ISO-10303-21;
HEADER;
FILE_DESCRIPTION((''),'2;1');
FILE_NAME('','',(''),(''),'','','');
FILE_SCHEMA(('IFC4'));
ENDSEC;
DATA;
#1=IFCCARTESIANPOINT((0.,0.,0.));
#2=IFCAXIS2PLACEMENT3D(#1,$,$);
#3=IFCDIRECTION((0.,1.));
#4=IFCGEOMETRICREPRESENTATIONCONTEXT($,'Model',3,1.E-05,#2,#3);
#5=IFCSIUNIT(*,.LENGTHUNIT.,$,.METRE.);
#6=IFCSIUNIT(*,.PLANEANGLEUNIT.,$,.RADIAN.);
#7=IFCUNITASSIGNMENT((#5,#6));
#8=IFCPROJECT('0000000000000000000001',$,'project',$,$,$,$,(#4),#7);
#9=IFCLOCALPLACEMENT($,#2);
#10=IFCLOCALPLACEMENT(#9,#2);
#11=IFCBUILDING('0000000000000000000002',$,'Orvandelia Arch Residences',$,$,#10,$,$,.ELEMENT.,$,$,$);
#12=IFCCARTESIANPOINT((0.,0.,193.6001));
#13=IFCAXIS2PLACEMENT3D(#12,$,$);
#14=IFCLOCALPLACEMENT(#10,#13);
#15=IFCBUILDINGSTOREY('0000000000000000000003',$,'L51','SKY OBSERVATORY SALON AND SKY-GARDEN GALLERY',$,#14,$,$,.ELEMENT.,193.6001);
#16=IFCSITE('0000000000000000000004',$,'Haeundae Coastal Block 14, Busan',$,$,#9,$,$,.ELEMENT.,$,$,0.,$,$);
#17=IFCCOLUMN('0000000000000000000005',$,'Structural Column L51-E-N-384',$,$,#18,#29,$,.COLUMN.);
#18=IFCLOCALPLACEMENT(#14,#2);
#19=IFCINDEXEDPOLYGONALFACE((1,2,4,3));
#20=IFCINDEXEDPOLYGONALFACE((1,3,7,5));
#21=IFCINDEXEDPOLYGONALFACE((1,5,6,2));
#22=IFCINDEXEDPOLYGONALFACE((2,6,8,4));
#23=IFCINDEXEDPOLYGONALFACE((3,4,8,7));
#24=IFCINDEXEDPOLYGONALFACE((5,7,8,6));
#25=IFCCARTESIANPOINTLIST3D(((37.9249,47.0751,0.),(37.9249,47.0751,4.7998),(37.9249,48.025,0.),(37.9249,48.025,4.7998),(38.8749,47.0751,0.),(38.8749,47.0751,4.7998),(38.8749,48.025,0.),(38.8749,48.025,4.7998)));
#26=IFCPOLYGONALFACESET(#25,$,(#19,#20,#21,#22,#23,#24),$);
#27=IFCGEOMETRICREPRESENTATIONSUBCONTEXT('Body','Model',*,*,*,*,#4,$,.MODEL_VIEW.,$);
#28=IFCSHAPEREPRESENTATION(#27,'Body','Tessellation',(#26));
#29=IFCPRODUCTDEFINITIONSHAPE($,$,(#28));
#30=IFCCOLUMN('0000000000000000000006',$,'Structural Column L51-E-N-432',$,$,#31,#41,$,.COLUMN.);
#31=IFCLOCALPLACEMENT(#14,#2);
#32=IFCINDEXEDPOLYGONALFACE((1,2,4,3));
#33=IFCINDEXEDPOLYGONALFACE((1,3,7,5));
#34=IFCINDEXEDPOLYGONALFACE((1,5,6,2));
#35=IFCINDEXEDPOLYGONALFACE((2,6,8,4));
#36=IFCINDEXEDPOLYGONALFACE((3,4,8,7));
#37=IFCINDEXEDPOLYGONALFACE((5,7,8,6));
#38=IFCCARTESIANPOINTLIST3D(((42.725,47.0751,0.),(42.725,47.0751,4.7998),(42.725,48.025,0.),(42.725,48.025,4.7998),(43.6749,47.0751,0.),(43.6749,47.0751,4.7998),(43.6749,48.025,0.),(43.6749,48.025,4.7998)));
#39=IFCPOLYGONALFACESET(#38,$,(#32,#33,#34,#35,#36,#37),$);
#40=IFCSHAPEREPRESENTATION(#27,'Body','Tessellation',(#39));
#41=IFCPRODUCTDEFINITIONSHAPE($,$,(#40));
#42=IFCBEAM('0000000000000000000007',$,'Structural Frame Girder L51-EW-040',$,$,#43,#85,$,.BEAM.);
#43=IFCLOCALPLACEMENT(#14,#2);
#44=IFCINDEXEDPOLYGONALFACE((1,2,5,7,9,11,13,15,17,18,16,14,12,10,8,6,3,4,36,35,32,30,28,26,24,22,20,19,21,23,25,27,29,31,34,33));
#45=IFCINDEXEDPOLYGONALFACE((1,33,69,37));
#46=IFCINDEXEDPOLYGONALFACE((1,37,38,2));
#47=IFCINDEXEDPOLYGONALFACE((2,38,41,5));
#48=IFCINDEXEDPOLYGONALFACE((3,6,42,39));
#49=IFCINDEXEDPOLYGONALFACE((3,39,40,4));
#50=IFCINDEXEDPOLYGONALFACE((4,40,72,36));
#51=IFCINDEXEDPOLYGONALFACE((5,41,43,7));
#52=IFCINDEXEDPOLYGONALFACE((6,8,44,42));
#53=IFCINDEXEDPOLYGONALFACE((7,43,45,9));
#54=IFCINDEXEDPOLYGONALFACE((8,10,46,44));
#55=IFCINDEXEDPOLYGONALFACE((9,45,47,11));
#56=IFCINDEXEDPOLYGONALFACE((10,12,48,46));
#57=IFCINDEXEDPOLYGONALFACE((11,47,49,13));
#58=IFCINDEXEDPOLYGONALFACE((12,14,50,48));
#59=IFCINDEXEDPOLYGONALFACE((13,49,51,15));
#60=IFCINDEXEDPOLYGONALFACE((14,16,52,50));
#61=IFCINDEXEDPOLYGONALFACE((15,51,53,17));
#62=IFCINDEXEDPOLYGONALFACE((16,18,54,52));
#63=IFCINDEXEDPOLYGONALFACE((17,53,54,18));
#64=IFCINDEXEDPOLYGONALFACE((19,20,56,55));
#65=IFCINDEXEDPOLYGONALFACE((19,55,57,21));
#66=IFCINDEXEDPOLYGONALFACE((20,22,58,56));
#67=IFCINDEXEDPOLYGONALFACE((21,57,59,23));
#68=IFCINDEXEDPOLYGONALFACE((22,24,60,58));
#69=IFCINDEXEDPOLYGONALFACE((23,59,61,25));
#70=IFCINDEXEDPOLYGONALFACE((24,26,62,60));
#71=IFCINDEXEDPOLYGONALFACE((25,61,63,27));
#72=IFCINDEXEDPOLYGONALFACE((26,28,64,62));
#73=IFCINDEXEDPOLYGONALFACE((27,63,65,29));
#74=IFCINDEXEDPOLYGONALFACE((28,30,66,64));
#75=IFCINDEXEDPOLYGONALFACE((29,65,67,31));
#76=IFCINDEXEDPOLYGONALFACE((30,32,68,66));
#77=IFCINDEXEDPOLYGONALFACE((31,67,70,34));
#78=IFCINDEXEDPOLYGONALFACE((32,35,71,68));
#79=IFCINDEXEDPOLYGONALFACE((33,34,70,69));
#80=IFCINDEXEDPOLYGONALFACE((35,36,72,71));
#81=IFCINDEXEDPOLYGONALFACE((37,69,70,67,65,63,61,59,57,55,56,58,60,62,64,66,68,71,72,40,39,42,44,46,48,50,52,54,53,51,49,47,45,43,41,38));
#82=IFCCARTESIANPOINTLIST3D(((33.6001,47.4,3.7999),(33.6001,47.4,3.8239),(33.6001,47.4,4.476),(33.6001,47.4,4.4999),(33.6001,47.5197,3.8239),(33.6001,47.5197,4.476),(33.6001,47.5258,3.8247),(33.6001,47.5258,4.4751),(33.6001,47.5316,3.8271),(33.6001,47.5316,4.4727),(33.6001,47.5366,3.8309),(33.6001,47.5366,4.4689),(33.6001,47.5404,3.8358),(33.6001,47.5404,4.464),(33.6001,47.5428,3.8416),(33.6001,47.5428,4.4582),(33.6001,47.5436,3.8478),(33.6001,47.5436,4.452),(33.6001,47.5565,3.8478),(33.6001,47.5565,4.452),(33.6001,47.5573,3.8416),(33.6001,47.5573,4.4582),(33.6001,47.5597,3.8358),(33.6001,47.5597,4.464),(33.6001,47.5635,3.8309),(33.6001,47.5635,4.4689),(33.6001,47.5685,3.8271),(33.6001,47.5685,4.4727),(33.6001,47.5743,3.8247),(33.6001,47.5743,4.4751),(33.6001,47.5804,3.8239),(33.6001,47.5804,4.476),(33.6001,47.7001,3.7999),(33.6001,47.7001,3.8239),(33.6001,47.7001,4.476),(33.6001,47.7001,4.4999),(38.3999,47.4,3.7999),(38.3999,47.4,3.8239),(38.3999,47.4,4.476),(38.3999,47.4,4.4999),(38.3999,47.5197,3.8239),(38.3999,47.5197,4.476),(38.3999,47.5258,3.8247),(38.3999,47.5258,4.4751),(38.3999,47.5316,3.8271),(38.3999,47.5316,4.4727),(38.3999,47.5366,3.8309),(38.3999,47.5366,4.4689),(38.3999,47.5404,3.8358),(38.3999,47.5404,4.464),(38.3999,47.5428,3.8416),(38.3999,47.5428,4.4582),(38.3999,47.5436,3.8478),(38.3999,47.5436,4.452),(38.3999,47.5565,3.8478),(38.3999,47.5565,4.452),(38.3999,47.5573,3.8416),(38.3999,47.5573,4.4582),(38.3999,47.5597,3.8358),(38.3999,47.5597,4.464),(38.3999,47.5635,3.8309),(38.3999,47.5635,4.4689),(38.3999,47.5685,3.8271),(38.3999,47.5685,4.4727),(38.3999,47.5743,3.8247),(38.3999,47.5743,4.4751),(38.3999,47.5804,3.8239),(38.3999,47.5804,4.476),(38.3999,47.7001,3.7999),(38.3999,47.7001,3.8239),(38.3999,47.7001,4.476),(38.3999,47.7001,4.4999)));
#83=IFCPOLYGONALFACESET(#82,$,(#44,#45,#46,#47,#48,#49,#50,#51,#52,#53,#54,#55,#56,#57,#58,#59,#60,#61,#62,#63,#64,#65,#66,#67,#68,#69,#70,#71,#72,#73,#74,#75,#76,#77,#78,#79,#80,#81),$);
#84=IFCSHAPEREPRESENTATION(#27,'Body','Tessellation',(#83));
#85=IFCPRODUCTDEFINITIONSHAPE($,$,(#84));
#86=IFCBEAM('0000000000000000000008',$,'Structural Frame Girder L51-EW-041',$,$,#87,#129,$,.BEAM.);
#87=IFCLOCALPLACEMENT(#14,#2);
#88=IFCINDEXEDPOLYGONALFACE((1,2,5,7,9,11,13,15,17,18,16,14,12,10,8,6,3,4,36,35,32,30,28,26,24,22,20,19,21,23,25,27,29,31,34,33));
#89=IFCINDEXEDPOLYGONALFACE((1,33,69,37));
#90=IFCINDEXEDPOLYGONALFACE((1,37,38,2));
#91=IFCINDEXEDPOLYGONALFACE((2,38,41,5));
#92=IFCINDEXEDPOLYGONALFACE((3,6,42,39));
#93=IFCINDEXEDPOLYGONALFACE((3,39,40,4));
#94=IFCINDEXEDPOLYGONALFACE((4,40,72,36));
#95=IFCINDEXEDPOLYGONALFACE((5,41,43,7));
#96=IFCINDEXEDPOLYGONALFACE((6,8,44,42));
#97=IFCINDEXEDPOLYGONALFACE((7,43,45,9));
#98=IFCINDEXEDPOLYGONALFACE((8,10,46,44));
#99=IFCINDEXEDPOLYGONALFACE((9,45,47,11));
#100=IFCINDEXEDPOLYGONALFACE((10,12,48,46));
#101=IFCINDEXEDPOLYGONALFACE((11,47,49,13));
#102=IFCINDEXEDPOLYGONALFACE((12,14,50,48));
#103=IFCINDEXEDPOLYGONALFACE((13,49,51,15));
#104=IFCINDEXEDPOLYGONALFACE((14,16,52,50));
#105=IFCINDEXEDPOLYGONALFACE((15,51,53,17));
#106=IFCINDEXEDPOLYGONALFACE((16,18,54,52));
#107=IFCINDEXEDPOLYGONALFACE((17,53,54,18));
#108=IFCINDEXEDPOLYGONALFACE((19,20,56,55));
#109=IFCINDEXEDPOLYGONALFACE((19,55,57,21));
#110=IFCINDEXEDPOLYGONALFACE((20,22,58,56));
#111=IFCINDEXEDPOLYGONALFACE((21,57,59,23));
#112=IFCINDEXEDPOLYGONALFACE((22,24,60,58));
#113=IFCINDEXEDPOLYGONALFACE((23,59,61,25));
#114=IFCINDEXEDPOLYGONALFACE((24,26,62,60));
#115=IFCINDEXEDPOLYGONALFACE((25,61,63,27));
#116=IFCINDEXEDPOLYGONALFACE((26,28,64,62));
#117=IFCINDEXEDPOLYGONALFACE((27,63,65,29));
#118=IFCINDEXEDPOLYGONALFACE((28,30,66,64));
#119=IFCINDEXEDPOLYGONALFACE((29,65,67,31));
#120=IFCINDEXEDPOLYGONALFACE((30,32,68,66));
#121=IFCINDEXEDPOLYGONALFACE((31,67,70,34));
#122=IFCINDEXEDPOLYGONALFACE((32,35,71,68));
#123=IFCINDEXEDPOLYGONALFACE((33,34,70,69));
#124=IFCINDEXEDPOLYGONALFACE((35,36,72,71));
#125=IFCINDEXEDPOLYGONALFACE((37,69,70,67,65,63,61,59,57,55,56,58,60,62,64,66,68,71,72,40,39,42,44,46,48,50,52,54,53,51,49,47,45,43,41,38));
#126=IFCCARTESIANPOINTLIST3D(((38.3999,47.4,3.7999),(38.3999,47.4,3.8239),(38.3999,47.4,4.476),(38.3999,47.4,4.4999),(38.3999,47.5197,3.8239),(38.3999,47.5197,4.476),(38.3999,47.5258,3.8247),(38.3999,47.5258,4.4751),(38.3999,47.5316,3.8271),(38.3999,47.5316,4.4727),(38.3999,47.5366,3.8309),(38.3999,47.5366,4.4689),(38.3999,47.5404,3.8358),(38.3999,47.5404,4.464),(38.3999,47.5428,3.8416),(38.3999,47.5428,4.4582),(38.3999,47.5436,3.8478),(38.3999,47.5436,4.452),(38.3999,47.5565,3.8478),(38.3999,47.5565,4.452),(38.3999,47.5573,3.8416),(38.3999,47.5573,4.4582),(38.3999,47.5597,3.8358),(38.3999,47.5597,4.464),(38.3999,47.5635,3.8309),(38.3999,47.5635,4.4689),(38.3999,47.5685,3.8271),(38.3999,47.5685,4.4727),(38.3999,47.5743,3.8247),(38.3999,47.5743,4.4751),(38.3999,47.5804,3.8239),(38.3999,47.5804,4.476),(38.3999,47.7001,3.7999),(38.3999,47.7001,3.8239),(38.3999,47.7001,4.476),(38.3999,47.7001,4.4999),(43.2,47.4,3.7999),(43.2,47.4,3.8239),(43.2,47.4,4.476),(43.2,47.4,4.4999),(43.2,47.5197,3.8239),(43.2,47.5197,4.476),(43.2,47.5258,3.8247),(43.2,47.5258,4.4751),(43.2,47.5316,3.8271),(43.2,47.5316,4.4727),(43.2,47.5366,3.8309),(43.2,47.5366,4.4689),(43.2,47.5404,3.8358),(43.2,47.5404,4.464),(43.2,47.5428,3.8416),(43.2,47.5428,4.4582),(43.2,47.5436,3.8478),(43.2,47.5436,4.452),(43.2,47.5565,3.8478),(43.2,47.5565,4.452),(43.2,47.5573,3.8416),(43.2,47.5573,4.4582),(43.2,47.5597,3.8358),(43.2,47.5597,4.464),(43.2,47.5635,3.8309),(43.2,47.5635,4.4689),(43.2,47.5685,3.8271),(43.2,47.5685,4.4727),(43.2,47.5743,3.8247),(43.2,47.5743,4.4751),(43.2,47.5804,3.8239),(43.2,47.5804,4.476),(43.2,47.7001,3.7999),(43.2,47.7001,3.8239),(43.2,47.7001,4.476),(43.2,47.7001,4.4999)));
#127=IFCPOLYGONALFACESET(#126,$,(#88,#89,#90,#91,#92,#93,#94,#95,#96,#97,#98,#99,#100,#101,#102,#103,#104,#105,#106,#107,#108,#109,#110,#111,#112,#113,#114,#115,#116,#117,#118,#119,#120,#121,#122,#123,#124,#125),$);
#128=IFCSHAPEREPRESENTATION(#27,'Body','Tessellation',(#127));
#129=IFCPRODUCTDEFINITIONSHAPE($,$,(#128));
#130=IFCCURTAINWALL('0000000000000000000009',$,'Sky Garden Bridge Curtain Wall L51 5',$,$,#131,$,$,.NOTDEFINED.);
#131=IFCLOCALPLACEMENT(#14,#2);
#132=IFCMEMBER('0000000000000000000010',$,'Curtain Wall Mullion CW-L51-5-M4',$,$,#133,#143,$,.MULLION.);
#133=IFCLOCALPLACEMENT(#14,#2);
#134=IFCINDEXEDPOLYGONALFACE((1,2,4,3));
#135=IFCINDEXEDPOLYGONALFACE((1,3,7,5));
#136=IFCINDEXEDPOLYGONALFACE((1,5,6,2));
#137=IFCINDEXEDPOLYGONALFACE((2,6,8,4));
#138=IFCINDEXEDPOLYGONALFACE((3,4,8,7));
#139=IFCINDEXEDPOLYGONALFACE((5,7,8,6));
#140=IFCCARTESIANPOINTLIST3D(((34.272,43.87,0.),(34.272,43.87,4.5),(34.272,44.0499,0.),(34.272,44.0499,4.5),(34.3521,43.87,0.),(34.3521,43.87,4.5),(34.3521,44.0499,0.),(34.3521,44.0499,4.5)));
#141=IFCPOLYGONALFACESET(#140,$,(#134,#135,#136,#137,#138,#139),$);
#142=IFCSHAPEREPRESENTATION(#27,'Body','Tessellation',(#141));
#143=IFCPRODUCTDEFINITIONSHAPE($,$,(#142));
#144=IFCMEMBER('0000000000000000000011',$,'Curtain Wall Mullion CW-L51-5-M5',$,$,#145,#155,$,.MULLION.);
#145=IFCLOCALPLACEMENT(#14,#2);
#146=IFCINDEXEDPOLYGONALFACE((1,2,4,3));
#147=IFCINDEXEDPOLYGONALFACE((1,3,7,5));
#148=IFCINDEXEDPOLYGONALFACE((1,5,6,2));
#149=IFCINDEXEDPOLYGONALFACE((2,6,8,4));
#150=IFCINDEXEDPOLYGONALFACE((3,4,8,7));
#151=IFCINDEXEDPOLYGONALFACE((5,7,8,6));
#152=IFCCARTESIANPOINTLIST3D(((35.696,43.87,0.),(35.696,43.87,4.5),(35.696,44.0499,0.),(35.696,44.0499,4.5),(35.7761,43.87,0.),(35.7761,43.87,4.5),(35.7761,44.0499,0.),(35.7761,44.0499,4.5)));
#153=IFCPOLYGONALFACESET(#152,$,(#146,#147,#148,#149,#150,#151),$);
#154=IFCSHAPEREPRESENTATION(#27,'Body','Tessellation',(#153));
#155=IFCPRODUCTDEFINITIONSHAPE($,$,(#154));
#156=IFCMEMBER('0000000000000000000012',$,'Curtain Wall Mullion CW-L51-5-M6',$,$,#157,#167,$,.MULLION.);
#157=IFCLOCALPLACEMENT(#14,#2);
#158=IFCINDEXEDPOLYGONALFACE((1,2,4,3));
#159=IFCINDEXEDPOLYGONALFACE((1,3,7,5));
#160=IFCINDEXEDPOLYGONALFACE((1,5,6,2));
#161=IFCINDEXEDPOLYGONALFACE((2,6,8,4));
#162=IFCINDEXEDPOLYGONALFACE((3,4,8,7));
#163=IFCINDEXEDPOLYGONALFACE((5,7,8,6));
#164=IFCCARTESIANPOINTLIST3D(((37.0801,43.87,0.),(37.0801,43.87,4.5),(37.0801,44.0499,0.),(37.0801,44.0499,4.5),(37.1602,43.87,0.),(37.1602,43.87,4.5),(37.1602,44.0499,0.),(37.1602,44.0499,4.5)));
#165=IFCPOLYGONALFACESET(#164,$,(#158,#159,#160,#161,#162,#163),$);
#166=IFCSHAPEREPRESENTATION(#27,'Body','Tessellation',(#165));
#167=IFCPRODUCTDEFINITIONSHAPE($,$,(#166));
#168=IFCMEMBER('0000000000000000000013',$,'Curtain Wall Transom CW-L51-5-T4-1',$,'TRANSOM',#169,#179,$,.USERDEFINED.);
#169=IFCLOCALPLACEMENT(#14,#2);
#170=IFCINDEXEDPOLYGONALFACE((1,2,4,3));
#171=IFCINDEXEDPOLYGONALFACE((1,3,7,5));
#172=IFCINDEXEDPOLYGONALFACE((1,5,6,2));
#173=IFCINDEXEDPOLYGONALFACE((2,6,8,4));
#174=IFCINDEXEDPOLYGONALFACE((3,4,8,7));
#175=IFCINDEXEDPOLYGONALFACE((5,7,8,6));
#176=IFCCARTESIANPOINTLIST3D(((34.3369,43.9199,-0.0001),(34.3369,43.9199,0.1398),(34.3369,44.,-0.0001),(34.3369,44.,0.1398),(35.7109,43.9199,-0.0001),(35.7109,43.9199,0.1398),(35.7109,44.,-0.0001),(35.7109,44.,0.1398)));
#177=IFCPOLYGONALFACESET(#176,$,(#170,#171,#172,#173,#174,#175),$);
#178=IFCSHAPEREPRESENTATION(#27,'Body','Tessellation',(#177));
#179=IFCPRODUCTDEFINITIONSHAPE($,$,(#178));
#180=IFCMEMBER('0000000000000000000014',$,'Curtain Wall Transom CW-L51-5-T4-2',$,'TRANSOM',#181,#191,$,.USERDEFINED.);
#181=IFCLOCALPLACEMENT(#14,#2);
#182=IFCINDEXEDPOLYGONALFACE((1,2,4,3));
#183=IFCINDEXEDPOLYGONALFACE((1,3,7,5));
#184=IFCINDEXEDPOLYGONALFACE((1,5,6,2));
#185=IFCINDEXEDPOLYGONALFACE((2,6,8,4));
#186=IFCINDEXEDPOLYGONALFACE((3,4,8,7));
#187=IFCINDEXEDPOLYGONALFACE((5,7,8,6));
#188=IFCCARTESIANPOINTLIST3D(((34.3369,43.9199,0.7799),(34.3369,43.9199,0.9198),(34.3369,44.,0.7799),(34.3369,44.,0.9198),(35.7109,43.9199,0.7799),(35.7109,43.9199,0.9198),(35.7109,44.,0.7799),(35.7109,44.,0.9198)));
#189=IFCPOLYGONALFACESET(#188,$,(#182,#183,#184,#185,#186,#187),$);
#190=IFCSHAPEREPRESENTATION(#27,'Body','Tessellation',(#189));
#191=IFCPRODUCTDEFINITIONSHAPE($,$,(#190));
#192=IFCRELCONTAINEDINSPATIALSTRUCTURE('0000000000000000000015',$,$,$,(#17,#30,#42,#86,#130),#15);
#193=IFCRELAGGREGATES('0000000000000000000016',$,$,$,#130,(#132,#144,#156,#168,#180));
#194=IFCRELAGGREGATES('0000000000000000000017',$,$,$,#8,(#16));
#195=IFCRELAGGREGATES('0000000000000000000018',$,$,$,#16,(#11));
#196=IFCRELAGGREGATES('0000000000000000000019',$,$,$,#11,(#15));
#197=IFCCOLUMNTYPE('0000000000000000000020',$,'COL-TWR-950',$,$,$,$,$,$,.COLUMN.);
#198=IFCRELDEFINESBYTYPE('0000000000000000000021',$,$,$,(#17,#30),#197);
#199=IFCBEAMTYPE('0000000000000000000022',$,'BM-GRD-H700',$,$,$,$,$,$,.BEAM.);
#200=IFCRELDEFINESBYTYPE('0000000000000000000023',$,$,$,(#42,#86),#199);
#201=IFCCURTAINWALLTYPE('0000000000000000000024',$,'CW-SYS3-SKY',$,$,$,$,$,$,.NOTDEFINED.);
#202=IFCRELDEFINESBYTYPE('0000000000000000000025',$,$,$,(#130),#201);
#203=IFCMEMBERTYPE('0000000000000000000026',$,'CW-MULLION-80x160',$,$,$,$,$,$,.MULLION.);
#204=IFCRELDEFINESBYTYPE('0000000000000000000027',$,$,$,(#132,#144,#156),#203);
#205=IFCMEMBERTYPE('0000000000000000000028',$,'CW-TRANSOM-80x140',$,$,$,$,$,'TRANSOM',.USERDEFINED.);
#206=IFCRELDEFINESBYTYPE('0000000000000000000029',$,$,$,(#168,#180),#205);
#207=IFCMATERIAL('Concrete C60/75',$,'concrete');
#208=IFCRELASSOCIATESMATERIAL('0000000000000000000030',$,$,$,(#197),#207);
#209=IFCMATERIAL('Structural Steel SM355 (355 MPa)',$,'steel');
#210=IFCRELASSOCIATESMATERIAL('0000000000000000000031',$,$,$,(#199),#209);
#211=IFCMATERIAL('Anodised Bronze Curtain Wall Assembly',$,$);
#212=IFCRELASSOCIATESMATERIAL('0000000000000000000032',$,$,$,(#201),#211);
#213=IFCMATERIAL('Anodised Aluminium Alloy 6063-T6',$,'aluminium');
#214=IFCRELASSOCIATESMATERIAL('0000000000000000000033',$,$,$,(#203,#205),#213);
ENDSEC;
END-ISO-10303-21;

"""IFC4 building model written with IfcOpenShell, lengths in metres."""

from ifc_helpers import new_model, si_unit, direction, frame, origin, origin_2d, place, context, subcontext, project, spatial, rectangle, i_section, extrude, material, material_profile, profile_set, type_object, element, aggregate, save


model = new_model("IFC4")

# Units and contexts
model_context = context("Model", 3, precision=1e-05, world=origin(), true_north=direction((0.0, 1.0)))
body_context = subcontext(model_context, "Body", "Model", "MODEL_VIEW")
ifc_project = project(units=[si_unit("LENGTHUNIT", "METRE"), si_unit("PLANEANGLEUNIT", "RADIAN")], contexts=[model_context])

# Site, building, storey
site_placement = place(None, origin())
site = spatial("IfcSite", under=ifc_project, at=site_placement, Name="Haeundae Coastal Block 14, Busan", CompositionType="ELEMENT", RefElevation=0.0)
building_placement = place(site_placement, origin())
building = spatial("IfcBuilding", under=site, at=building_placement, Name="Orvandelia Arch Residences", CompositionType="ELEMENT")
storey_placement = place(building_placement, frame((0.0, 0.0, 193.6001)))
storey = spatial("IfcBuildingStorey", under=building, at=storey_placement, Name="L51", Description="SKY OBSERVATORY SALON AND SKY-GARDEN GALLERY", CompositionType="ELEMENT", Elevation=193.6001)

# Columns
ifc_material_1 = material(Name="Concrete C60/75", Category="concrete")
ifc_material_profile_1 = material_profile(ifc_material_1, rectangle(XDim=0.95, YDim=0.95, at=origin_2d()), Name="Concrete C60/75", Category="concrete")
ifc_profile_set_1 = profile_set([ifc_material_profile_1], Name="Concrete C60/75")
column_type = type_object("IfcColumnType", Name="COL-TWR-950", PredefinedType="COLUMN", material=ifc_profile_set_1)
for number, where, z_axis, x_axis, name in (
    (1, (38.3999, 47.55, 0.0), (0.0, 0.0, 1.0), (1.0, 0.0, 0.0), "Structural Column L51-E-N-384"),
    (2, (43.2, 47.55, 0.0), (0.0, 0.0, 1.0), (1.0, 0.0, 0.0), "Structural Column L51-E-N-432"),
):
    element("IfcColumn", number, at=place(storey_placement, frame(where, z_axis=z_axis, x_axis=x_axis)), inside=storey, type_object=column_type, Name=name, PredefinedType="COLUMN", context=body_context, shape_type="SweptSolid", body=[
        extrude(rectangle(XDim=0.95, YDim=0.95, at=origin_2d()), origin(), (0.0, 0.0, 1.0), 4.7998),
    ])

# Beams
ifc_material_2 = material(Name="Structural Steel SM355 (355 MPa)", Category="steel")
ifc_material_profile_2 = material_profile(ifc_material_2, i_section(OverallWidth=0.3, OverallDepth=0.7, WebThickness=0.0129, FlangeThickness=0.0239, FilletRadius=0.0239, at=origin_2d()), Name="Structural Steel SM355 (355 MPa)", Category="steel")
ifc_profile_set_2 = profile_set([ifc_material_profile_2], Name="Structural Steel SM355 (355 MPa)")
beam_type = type_object("IfcBeamType", Name="BM-GRD-H700", PredefinedType="BEAM", material=ifc_profile_set_2)
beam_1_placement = place(storey_placement, frame((33.6001, 47.55, 4.1499), z_axis=(1.0, 0.0, 0.0), x_axis=(0.0, 1.0, 0.0)))
element("IfcBeam", 3, at=beam_1_placement, inside=storey, type_object=beam_type, Name="Structural Frame Girder L51-EW-040", PredefinedType="BEAM", context=body_context, shape_type="SweptSolid", body=[
    extrude(i_section(OverallWidth=0.3, OverallDepth=0.7, WebThickness=0.0129, FlangeThickness=0.0239, FilletRadius=0.0239, at=origin_2d()), origin(), (0.0, 0.0, 1.0), 4.7998),
])
beam_2_placement = place(storey_placement, frame((38.3999, 47.55, 4.1499), z_axis=(1.0, 0.0, 0.0), x_axis=(0.0, 1.0, 0.0)))
element("IfcBeam", 4, at=beam_2_placement, inside=storey, type_object=beam_type, Name="Structural Frame Girder L51-EW-041", PredefinedType="BEAM", context=body_context, shape_type="SweptSolid", body=[
    extrude(i_section(OverallWidth=0.3, OverallDepth=0.7, WebThickness=0.0129, FlangeThickness=0.0239, FilletRadius=0.0239, at=origin_2d()), origin(), (0.0, 0.0, 1.0), 4.8),
])

# Curtain wall, members
ifc_material_3 = material(Name="Anodised Bronze Curtain Wall Assembly")
curtain_wall_type = type_object("IfcCurtainWallType", Name="CW-SYS3-SKY", PredefinedType="NOTDEFINED", material=ifc_material_3)
curtain_wall_placement = place(storey_placement, origin())
curtain_wall = element("IfcCurtainWall", 5, at=curtain_wall_placement, inside=storey, type_object=curtain_wall_type, Name="Sky Garden Bridge Curtain Wall L51 5", PredefinedType="NOTDEFINED")
ifc_material_4 = material(Name="Anodised Aluminium Alloy 6063-T6", Category="aluminium")
ifc_material_profile_3 = material_profile(ifc_material_4, rectangle(XDim=0.0801, YDim=0.1799, at=origin_2d()), Name="Anodised Aluminium Alloy 6063-T6", Category="aluminium")
ifc_profile_set_3 = profile_set([ifc_material_profile_3], Name="Anodised Aluminium Alloy 6063-T6")
member_type_1 = type_object("IfcMemberType", Name="CW-MULLION-80x160", PredefinedType="MULLION", material=ifc_profile_set_3)
member_1_placement = place(storey_placement, frame((34.312, 43.96, 0.0), z_axis=(0.0, 0.0, 1.0), x_axis=(1.0, 0.0, 0.0)))
member_1 = element("IfcMember", 6, at=member_1_placement, type_object=member_type_1, Name="Curtain Wall Mullion CW-L51-5-M4", PredefinedType="MULLION", context=body_context, shape_type="SweptSolid", body=[
    extrude(rectangle(XDim=0.0801, YDim=0.1799, at=origin_2d()), origin(), (0.0, 0.0, 1.0), 4.5),
])
member_2_placement = place(storey_placement, frame((35.7361, 43.96, 0.0), z_axis=(0.0, 0.0, 1.0), x_axis=(1.0, 0.0, 0.0)))
member_2 = element("IfcMember", 7, at=member_2_placement, type_object=member_type_1, Name="Curtain Wall Mullion CW-L51-5-M5", PredefinedType="MULLION", context=body_context, shape_type="SweptSolid", body=[
    extrude(rectangle(XDim=0.0801, YDim=0.1799, at=origin_2d()), origin(), (0.0, 0.0, 1.0), 4.5),
])
member_3_placement = place(storey_placement, frame((37.1201, 43.96, 0.0), z_axis=(0.0, 0.0, 1.0), x_axis=(1.0, 0.0, 0.0)))
member_3 = element("IfcMember", 8, at=member_3_placement, type_object=member_type_1, Name="Curtain Wall Mullion CW-L51-5-M6", PredefinedType="MULLION", context=body_context, shape_type="SweptSolid", body=[
    extrude(rectangle(XDim=0.0801, YDim=0.1799, at=origin_2d()), origin(), (0.0, 0.0, 1.0), 4.5),
])
ifc_material_profile_4 = material_profile(ifc_material_4, rectangle(XDim=0.0801, YDim=0.1399, at=origin_2d()), Name="Anodised Aluminium Alloy 6063-T6", Category="aluminium")
ifc_profile_set_4 = profile_set([ifc_material_profile_4], Name="Anodised Aluminium Alloy 6063-T6")
member_type_2 = type_object("IfcMemberType", Name="CW-TRANSOM-80x140", ElementType="TRANSOM", PredefinedType="USERDEFINED", material=ifc_profile_set_4)
member_4_placement = place(storey_placement, frame((34.3369, 43.96, 0.0698), z_axis=(1.0, 0.0, 0.0), x_axis=(0.0, 1.0, 0.0)))
member_4 = element("IfcMember", 9, at=member_4_placement, type_object=member_type_2, Name="Curtain Wall Transom CW-L51-5-T4-1", ObjectType="TRANSOM", PredefinedType="USERDEFINED", context=body_context, shape_type="SweptSolid", body=[
    extrude(rectangle(XDim=0.0801, YDim=0.1399, at=origin_2d()), origin(), (0.0, 0.0, 1.0), 1.374),
])
member_5_placement = place(storey_placement, frame((34.3369, 43.96, 0.8499), z_axis=(1.0, 0.0, 0.0), x_axis=(0.0, 1.0, 0.0)))
member_5 = element("IfcMember", 10, at=member_5_placement, type_object=member_type_2, Name="Curtain Wall Transom CW-L51-5-T4-2", ObjectType="TRANSOM", PredefinedType="USERDEFINED", context=body_context, shape_type="SweptSolid", body=[
    extrude(rectangle(XDim=0.0801, YDim=0.1399, at=origin_2d()), origin(), (0.0, 0.0, 1.0), 1.374),
])
aggregate(curtain_wall, [member_1, member_2, member_3, member_4, member_5])

save(model, "model.ifc")
